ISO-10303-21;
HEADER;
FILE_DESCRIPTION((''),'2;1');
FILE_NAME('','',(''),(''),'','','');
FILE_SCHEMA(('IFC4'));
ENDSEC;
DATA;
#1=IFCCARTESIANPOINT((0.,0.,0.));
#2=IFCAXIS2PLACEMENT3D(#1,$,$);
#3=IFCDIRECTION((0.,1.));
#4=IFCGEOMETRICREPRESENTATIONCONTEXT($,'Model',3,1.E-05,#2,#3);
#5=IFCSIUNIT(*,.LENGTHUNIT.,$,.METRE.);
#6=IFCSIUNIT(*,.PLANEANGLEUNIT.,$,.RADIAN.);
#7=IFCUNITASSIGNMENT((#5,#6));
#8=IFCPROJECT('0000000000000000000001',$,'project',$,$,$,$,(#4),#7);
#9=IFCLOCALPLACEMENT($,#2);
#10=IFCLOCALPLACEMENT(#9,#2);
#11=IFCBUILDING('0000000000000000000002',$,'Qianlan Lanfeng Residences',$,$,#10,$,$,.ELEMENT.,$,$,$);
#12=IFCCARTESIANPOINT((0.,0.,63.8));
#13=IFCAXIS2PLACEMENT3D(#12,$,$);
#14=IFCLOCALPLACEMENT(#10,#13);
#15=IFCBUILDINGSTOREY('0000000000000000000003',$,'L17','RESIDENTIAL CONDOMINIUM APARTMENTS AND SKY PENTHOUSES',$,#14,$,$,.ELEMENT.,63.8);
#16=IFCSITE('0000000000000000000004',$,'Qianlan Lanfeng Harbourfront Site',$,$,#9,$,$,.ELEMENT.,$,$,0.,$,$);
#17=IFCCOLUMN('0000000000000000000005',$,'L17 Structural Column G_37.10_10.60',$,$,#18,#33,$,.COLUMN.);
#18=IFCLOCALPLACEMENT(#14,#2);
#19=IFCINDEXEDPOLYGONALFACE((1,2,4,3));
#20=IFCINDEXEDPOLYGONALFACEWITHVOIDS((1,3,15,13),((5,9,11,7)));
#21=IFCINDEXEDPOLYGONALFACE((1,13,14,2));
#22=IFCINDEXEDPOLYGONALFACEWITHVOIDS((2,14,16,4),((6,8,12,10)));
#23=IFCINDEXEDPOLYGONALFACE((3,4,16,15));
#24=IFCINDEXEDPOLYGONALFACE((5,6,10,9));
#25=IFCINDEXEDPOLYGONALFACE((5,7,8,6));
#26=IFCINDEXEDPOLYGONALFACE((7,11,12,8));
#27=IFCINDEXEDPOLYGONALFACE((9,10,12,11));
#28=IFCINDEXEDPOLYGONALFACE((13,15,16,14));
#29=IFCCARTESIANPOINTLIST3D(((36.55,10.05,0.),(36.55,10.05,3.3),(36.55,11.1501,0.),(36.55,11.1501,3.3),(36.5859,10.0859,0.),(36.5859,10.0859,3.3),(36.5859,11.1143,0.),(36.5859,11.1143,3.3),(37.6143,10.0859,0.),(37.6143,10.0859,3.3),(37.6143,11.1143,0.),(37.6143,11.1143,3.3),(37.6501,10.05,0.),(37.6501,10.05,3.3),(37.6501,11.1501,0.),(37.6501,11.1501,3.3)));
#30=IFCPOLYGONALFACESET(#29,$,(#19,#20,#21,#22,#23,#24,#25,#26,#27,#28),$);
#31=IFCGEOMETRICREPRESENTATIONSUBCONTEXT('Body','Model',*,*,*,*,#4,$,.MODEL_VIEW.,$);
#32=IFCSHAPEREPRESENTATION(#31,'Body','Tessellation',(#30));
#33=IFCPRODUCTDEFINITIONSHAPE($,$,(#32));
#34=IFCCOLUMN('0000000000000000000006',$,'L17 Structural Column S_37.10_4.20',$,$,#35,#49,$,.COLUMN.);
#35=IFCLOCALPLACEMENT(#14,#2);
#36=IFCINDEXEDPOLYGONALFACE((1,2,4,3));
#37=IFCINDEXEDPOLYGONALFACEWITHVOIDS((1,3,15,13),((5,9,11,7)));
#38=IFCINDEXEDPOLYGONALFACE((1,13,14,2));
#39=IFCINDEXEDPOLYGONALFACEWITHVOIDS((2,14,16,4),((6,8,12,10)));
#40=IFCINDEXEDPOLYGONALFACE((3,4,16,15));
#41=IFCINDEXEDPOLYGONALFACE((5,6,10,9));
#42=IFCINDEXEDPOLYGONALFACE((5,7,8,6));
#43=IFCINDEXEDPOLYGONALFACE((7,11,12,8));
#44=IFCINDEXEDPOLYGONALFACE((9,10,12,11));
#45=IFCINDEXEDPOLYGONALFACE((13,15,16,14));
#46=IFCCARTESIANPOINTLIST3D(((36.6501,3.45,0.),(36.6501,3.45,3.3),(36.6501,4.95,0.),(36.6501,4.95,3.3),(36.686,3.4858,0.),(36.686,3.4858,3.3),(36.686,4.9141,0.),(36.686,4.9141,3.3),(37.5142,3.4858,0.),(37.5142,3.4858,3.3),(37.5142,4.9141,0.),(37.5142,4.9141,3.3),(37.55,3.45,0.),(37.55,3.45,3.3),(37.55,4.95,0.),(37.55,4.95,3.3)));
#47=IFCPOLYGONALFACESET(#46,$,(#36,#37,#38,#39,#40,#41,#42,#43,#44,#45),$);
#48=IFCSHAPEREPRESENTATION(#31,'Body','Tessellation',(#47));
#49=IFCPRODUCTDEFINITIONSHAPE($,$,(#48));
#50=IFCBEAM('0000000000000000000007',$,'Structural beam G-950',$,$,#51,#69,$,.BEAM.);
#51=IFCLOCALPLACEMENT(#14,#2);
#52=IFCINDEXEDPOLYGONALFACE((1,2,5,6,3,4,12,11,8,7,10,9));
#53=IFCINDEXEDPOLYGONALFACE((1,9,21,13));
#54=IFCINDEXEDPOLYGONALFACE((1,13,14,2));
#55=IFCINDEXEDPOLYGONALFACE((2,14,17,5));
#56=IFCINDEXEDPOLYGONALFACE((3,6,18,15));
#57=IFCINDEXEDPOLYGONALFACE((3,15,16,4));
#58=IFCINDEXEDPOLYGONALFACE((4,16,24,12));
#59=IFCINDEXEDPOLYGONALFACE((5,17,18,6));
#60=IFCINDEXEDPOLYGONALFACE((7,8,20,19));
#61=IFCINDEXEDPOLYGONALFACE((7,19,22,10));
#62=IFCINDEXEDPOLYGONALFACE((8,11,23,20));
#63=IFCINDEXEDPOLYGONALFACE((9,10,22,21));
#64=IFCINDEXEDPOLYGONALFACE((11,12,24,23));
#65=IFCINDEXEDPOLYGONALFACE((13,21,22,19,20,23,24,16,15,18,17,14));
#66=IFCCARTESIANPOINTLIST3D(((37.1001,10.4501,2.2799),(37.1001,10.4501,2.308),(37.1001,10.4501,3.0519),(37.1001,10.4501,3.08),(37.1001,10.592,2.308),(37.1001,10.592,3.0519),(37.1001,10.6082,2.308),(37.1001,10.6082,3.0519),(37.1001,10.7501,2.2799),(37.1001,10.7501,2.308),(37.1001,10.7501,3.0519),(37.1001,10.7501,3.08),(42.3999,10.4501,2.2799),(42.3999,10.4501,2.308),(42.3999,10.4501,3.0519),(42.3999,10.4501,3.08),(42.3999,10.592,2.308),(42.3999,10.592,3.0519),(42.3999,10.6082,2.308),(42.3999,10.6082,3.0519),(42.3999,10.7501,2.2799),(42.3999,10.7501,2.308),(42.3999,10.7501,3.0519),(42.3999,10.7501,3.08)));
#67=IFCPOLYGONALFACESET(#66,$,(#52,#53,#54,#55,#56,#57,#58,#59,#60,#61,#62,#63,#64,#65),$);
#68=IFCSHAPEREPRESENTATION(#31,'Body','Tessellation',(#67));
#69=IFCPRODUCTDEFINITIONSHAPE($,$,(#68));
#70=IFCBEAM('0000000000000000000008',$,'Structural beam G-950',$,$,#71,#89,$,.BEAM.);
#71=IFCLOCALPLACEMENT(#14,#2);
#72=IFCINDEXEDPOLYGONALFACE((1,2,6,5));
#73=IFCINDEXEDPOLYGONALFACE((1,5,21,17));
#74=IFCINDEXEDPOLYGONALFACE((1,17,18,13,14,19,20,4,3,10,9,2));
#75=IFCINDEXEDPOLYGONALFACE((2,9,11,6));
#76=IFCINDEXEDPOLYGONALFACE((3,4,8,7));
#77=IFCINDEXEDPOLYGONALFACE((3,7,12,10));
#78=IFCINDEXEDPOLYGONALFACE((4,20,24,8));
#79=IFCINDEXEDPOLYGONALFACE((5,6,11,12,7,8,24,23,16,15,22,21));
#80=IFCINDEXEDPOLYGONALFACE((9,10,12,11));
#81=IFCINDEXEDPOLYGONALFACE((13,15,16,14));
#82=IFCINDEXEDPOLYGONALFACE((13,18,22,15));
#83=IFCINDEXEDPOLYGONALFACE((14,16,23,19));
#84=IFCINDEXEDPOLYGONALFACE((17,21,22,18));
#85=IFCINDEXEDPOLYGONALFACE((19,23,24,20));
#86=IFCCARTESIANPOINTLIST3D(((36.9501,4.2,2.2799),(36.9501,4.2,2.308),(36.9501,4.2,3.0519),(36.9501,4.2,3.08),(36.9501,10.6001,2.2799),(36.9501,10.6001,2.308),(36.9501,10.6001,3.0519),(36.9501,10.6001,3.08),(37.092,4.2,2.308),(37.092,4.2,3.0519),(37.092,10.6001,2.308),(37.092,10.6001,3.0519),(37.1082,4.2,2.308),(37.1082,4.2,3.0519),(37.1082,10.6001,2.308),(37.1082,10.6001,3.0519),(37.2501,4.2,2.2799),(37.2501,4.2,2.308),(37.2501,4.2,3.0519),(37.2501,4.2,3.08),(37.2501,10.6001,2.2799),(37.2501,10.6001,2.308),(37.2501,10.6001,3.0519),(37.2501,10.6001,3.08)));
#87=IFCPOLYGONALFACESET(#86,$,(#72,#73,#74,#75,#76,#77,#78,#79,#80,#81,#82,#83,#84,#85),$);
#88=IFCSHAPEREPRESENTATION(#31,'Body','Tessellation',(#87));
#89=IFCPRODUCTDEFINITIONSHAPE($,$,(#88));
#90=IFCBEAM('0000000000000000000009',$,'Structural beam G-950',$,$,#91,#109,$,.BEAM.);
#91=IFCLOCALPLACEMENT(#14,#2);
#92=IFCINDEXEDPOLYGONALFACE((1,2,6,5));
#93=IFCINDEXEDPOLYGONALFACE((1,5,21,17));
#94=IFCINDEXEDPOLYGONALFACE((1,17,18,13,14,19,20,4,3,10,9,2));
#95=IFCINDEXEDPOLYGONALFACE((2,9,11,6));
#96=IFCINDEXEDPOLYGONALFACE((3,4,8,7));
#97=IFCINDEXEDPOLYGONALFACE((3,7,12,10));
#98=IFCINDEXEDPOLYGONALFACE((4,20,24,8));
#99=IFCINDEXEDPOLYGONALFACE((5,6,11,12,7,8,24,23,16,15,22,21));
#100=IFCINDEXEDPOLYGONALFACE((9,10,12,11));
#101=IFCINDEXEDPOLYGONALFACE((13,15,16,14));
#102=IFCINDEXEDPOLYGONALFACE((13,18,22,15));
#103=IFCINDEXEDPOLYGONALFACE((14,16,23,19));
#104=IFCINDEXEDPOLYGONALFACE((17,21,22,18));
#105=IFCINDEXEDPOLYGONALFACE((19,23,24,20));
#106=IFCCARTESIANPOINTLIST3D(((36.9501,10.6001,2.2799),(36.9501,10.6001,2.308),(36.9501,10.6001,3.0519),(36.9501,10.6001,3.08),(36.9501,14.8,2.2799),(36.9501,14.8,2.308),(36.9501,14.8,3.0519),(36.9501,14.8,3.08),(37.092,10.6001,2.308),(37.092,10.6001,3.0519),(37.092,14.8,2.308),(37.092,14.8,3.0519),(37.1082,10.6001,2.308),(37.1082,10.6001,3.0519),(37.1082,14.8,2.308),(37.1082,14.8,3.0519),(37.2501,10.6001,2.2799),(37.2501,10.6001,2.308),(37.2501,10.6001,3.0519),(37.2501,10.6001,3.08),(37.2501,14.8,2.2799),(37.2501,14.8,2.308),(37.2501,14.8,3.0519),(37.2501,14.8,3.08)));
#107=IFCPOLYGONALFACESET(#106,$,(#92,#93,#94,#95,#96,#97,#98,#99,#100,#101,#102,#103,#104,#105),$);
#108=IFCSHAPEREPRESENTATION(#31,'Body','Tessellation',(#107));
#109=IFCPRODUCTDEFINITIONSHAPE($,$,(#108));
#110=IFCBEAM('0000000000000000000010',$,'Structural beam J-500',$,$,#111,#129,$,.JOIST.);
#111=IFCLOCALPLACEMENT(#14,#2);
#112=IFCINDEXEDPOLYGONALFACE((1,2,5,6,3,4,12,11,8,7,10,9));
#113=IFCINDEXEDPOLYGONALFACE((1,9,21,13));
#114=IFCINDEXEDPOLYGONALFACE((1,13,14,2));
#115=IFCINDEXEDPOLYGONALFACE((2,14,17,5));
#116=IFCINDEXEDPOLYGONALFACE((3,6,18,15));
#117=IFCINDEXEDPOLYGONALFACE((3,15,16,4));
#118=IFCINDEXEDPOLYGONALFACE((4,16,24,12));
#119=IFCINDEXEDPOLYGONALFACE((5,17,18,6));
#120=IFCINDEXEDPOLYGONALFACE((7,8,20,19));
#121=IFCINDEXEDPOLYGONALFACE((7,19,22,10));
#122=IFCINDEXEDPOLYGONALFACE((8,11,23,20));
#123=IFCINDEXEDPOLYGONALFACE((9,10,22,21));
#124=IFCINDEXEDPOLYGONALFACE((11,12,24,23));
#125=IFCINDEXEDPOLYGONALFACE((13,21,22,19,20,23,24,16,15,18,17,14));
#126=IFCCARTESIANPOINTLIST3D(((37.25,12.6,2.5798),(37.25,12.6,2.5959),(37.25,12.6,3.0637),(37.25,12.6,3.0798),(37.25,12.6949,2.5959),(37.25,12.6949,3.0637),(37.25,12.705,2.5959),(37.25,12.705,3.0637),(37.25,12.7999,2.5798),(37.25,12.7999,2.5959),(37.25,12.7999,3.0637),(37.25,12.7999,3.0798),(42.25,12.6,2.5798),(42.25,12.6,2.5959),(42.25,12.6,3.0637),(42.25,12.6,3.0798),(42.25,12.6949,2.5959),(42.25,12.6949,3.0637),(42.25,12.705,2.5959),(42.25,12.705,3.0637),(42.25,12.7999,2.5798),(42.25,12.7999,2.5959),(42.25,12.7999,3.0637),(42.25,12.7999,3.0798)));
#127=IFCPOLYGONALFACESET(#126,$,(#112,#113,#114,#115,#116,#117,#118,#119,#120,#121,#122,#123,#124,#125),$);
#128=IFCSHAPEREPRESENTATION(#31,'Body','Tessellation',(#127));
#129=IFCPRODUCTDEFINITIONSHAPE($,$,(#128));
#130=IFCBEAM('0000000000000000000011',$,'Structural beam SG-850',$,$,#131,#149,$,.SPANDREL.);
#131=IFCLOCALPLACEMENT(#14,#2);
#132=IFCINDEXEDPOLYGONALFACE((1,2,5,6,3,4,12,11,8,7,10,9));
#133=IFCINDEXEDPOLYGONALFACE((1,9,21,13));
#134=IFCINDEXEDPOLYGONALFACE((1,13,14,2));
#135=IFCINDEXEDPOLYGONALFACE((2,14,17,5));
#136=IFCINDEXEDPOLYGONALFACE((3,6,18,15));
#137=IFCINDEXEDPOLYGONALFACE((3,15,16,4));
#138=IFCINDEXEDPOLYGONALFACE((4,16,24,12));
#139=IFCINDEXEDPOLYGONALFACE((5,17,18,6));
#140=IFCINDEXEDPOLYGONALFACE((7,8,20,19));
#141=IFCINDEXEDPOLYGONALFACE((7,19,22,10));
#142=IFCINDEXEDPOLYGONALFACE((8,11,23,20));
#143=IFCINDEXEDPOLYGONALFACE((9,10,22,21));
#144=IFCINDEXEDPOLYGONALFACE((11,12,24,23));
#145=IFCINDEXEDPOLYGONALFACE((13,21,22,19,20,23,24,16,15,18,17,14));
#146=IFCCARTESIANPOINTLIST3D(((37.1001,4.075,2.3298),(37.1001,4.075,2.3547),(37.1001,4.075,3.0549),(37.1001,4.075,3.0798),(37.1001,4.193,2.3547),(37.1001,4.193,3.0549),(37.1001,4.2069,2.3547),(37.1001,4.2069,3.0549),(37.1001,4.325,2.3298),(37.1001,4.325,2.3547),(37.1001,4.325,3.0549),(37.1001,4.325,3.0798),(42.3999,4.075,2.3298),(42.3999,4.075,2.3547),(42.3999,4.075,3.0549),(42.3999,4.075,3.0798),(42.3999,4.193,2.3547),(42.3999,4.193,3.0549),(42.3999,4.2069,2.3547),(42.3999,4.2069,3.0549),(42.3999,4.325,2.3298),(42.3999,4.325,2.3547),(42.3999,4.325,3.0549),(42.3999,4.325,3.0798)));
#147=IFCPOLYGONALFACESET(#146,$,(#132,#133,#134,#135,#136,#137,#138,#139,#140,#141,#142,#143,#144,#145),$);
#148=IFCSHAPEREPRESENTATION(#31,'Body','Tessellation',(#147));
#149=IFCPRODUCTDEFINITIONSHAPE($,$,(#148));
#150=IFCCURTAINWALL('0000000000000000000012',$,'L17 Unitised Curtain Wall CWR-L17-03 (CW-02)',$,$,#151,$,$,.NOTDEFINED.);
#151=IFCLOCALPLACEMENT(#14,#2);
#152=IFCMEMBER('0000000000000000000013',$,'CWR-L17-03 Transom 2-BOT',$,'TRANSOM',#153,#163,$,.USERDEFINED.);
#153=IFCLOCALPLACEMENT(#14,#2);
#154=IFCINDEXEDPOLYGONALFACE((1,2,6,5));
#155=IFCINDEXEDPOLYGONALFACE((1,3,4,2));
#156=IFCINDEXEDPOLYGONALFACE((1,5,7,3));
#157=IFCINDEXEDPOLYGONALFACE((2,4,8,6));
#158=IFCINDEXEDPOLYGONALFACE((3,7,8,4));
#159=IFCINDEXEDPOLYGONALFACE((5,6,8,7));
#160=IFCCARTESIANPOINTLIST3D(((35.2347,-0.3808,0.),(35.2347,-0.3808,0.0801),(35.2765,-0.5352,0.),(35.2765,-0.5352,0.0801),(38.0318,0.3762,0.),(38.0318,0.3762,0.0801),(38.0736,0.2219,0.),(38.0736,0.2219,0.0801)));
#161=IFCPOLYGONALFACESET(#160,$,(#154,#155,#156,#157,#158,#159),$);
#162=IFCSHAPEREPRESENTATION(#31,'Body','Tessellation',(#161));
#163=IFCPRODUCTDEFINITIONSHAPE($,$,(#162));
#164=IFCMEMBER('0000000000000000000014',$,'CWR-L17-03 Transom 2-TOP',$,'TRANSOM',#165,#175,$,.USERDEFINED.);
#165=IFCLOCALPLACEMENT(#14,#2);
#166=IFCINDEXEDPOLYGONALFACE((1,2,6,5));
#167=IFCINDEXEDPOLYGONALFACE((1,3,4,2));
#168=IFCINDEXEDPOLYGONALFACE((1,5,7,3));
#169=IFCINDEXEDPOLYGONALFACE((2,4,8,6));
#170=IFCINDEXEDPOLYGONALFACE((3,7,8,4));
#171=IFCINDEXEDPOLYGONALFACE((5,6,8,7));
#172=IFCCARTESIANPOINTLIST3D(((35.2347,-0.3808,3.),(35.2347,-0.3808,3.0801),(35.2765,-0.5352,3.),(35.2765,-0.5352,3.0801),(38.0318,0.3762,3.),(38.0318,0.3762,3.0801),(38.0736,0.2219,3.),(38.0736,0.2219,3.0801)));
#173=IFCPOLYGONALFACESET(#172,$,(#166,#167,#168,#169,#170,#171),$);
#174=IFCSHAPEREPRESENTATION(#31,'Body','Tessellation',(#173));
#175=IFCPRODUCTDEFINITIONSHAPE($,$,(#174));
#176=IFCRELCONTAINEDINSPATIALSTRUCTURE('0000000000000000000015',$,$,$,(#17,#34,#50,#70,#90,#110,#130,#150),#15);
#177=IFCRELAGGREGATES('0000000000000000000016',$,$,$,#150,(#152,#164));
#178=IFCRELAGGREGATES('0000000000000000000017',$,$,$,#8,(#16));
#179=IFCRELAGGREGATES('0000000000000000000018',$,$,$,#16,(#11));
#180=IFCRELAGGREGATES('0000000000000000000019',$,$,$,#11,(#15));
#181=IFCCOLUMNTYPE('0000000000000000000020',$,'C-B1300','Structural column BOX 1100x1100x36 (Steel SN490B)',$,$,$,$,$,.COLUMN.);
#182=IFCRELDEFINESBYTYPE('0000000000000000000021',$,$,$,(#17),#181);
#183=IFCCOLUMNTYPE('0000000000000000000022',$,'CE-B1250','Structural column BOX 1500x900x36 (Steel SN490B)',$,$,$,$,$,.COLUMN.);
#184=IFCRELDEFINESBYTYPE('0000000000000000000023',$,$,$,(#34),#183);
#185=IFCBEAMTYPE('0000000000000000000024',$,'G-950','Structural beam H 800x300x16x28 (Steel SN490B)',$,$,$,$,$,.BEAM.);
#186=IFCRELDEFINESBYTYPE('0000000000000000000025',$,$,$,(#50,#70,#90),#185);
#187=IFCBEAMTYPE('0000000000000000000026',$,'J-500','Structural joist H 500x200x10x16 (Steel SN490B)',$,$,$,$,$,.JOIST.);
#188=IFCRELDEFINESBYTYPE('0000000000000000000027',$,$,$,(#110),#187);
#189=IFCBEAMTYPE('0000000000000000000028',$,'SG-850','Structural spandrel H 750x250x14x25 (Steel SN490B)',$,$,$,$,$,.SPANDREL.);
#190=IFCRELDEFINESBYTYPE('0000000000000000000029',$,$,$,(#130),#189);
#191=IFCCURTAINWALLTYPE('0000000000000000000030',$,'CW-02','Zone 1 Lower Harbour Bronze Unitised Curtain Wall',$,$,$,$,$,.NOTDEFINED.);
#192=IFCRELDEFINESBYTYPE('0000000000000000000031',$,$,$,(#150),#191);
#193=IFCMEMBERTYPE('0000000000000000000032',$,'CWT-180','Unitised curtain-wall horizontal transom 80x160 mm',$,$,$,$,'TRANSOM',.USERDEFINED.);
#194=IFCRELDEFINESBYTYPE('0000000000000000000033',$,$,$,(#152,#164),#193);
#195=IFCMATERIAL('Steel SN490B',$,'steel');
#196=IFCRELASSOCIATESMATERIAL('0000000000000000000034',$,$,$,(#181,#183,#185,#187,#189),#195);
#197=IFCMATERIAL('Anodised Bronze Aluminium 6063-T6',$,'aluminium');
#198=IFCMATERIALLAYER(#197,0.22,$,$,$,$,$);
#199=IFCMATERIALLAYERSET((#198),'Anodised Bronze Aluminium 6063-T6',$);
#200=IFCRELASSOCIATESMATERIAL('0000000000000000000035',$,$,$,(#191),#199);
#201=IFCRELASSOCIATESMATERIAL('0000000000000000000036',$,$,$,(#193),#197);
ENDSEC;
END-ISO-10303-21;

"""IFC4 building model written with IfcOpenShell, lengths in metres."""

from ifc_helpers import new_model, si_unit, direction, frame, origin, origin_2d, place, context, subcontext, project, spatial, rectangle, hollow_rectangle, i_section, extrude, source, transform, mapped, material, layer, layer_set, material_profile, profile_set, type_object, element, aggregate, save


model = new_model("IFC4")

# Units and contexts
model_context = context("Model", 3, precision=1e-05, world=origin(), true_north=direction((0.0, 1.0)))
body_context = subcontext(model_context, "Body", "Model", "MODEL_VIEW")
ifc_project = project(units=[si_unit("LENGTHUNIT", "METRE"), si_unit("PLANEANGLEUNIT", "RADIAN")], contexts=[model_context])

# Site, building, storey
site_placement = place(None, origin())
site = spatial("IfcSite", under=ifc_project, at=site_placement, Name="Qianlan Lanfeng Harbourfront Site", CompositionType="ELEMENT", RefElevation=0.0)
building_placement = place(site_placement, origin())
building = spatial("IfcBuilding", under=site, at=building_placement, Name="Qianlan Lanfeng Residences", CompositionType="ELEMENT")
storey_placement = place(building_placement, frame((0.0, 0.0, 63.8)))
storey = spatial("IfcBuildingStorey", under=building, at=storey_placement, Name="L17", Description="RESIDENTIAL CONDOMINIUM APARTMENTS AND SKY PENTHOUSES", CompositionType="ELEMENT", Elevation=63.8)

# Columns
ifc_material_1 = material(Name="Steel SN490B", Category="steel")
ifc_material_profile_1 = material_profile(ifc_material_1, hollow_rectangle(XDim=1.1001, YDim=1.1001, WallThickness=0.0359, at=origin_2d()), Name="BOX 1100x1100x36")
ifc_profile_set_1 = profile_set([ifc_material_profile_1], Name="Steel SN490B")
column_type_1 = type_object("IfcColumnType", Name="C-B1300", Description="Structural column BOX 1100x1100x36 (Steel SN490B)", PredefinedType="COLUMN", material=ifc_profile_set_1)
column_1_placement = place(storey_placement, frame((37.1001, 10.6001, 0.0), z_axis=(0.0, 0.0, 1.0), x_axis=(1.0, 0.0, 0.0)))
element("IfcColumn", 1, at=column_1_placement, inside=storey, type_object=column_type_1, Name="L17 Structural Column G_37.10_10.60", PredefinedType="COLUMN", context=body_context, shape_type="SweptSolid", body=[
    extrude(hollow_rectangle(XDim=1.1001, YDim=1.1001, WallThickness=0.0359, at=origin_2d()), origin(), (0.0, 0.0, 1.0), 3.3),
])
ifc_material_profile_2 = material_profile(ifc_material_1, hollow_rectangle(XDim=0.8999, YDim=1.5, WallThickness=0.0359, at=origin_2d()), Name="BOX 1500x900x36")
ifc_profile_set_2 = profile_set([ifc_material_profile_2], Name="Steel SN490B")
column_type_2 = type_object("IfcColumnType", Name="CE-B1250", Description="Structural column BOX 1500x900x36 (Steel SN490B)", PredefinedType="COLUMN", material=ifc_profile_set_2)
column_2_placement = place(storey_placement, frame((37.1001, 4.2, 0.0), z_axis=(0.0, 0.0, 1.0), x_axis=(1.0, 0.0, 0.0)))
element("IfcColumn", 2, at=column_2_placement, inside=storey, type_object=column_type_2, Name="L17 Structural Column S_37.10_4.20", PredefinedType="COLUMN", context=body_context, shape_type="SweptSolid", body=[
    extrude(hollow_rectangle(XDim=0.8999, YDim=1.5, WallThickness=0.0359, at=origin_2d()), origin(), (0.0, 0.0, 1.0), 3.3),
])

# Beams
ifc_material_profile_3 = material_profile(ifc_material_1, i_section(OverallWidth=0.3, OverallDepth=0.8, WebThickness=0.0161, FlangeThickness=0.0281, at=origin_2d()), Name="H 800x300x16x28")
ifc_profile_set_3 = profile_set([ifc_material_profile_3], Name="Steel SN490B")
beam_type_1 = type_object("IfcBeamType", Name="G-950", Description="Structural beam H 800x300x16x28 (Steel SN490B)", PredefinedType="BEAM", material=ifc_profile_set_3)
beam_1_placement = place(storey_placement, frame((37.1001, 10.6001, 2.6799), z_axis=(1.0, 0.0, 0.0), x_axis=(0.0, 1.0, 0.0)))
element("IfcBeam", 3, at=beam_1_placement, inside=storey, type_object=beam_type_1, Name="Structural beam G-950", PredefinedType="BEAM", context=body_context, shape_type="SweptSolid", body=[
    extrude(i_section(OverallWidth=0.3, OverallDepth=0.8, WebThickness=0.0161, FlangeThickness=0.0281, at=origin_2d()), origin(), (0.0, 0.0, 1.0), 5.2998),
])
beam_2_placement = place(storey_placement, frame((37.1001, 4.2, 2.6799), z_axis=(0.0, 1.0, 0.0), x_axis=(-1.0, 0.0, 0.0)))
element("IfcBeam", 4, at=beam_2_placement, inside=storey, type_object=beam_type_1, Name="Structural beam G-950", PredefinedType="BEAM", context=body_context, shape_type="SweptSolid", body=[
    extrude(i_section(OverallWidth=0.3, OverallDepth=0.8, WebThickness=0.0161, FlangeThickness=0.0281, at=origin_2d()), origin(), (0.0, 0.0, 1.0), 6.4001),
])
beam_3_placement = place(storey_placement, frame((37.1001, 10.6001, 2.6799), z_axis=(0.0, 1.0, 0.0), x_axis=(-1.0, 0.0, 0.0)))
element("IfcBeam", 5, at=beam_3_placement, inside=storey, type_object=beam_type_1, Name="Structural beam G-950", PredefinedType="BEAM", context=body_context, shape_type="SweptSolid", body=[
    extrude(i_section(OverallWidth=0.3, OverallDepth=0.8, WebThickness=0.0161, FlangeThickness=0.0281, at=origin_2d()), origin(), (0.0, 0.0, 1.0), 4.2),
])
ifc_material_profile_4 = material_profile(ifc_material_1, i_section(OverallWidth=0.2, OverallDepth=0.5, WebThickness=0.01, FlangeThickness=0.0161, at=origin_2d()), Name="H 500x200x10x16")
ifc_profile_set_4 = profile_set([ifc_material_profile_4], Name="Steel SN490B")
beam_type_2 = type_object("IfcBeamType", Name="J-500", Description="Structural joist H 500x200x10x16 (Steel SN490B)", PredefinedType="JOIST", material=ifc_profile_set_4)
beam_4_placement = place(storey_placement, frame((37.25, 12.7, 2.8298), z_axis=(1.0, 0.0, 0.0), x_axis=(0.0, 1.0, 0.0)))
element("IfcBeam", 6, at=beam_4_placement, inside=storey, type_object=beam_type_2, Name="Structural beam J-500", PredefinedType="JOIST", context=body_context, shape_type="SweptSolid", body=[
    extrude(i_section(OverallWidth=0.2, OverallDepth=0.5, WebThickness=0.01, FlangeThickness=0.0161, at=origin_2d()), origin(), (0.0, 0.0, 1.0), 5.0),
])
ifc_material_profile_5 = material_profile(ifc_material_1, i_section(OverallWidth=0.25, OverallDepth=0.75, WebThickness=0.0139, FlangeThickness=0.0249, at=origin_2d()), Name="H 750x250x14x25")
ifc_profile_set_5 = profile_set([ifc_material_profile_5], Name="Steel SN490B")
beam_type_3 = type_object("IfcBeamType", Name="SG-850", Description="Structural spandrel H 750x250x14x25 (Steel SN490B)", PredefinedType="SPANDREL", material=ifc_profile_set_5)
beam_5_placement = place(storey_placement, frame((37.1001, 4.2, 2.7048), z_axis=(1.0, 0.0, 0.0), x_axis=(0.0, 1.0, 0.0)))
element("IfcBeam", 7, at=beam_5_placement, inside=storey, type_object=beam_type_3, Name="Structural beam SG-850", PredefinedType="SPANDREL", context=body_context, shape_type="SweptSolid", body=[
    extrude(i_section(OverallWidth=0.25, OverallDepth=0.75, WebThickness=0.0139, FlangeThickness=0.0249, at=origin_2d()), origin(), (0.0, 0.0, 1.0), 5.2998),
])

# Curtain wall, members
ifc_material_2 = material(Name="Anodised Bronze Aluminium 6063-T6", Category="aluminium")
ifc_layer_1 = layer(ifc_material_2, 0.22)
ifc_layer_set_1 = layer_set([ifc_layer_1], Name="Anodised Bronze Aluminium 6063-T6")
curtain_wall_type = type_object("IfcCurtainWallType", Name="CW-02", Description="Zone 1 Lower Harbour Bronze Unitised Curtain Wall", PredefinedType="NOTDEFINED", material=ifc_layer_set_1)
curtain_wall_1_placement = place(storey_placement, origin())
curtain_wall_1 = element("IfcCurtainWall", 8, at=curtain_wall_1_placement, inside=storey, type_object=curtain_wall_type, Name="L17 Unitised Curtain Wall CWR-L17-03 (CW-02)", PredefinedType="NOTDEFINED")
ifc_material_profile_6 = material_profile(ifc_material_2, rectangle(XDim=0.0801, YDim=0.1599, at=origin_2d()), Name="ALU TRANSOM 80x160")
ifc_profile_set_6 = profile_set([ifc_material_profile_6], Name="Anodised Bronze Aluminium 6063-T6")
member_type_1 = type_object("IfcMemberType", Name="CWT-180", Description="Unitised curtain-wall horizontal transom 80x160 mm", ElementType="TRANSOM", PredefinedType="USERDEFINED", material=ifc_profile_set_6)
shared_shape_1 = source(origin(), body_context, "Body", "SweptSolid", [
    extrude(rectangle(XDim=0.0801, YDim=0.1599, at=origin_2d()), origin(), (0.0, 0.0, 1.0), 2.8977),
])
member_1_placement = place(storey_placement, frame((35.2556, -0.458, 0.04), z_axis=(0.965268, 0.261263, 0.0), x_axis=(0.0, 0.0, 1.0)))
member_1 = element("IfcMember", 9, at=member_1_placement, type_object=member_type_1, Name="CWR-L17-03 Transom 2-BOT", ObjectType="TRANSOM", PredefinedType="USERDEFINED", context=body_context, shape_type="MappedRepresentation", body=[
    mapped(shared_shape_1, transform((0.0, 0.0, 0.0), scale=1.0)),
])
member_2_placement = place(storey_placement, frame((35.2556, -0.458, 3.04), z_axis=(0.965268, 0.261263, 0.0), x_axis=(0.0, 0.0, 1.0)))
member_2 = element("IfcMember", 10, at=member_2_placement, type_object=member_type_1, Name="CWR-L17-03 Transom 2-TOP", ObjectType="TRANSOM", PredefinedType="USERDEFINED", context=body_context, shape_type="MappedRepresentation", body=[
    mapped(shared_shape_1, transform((0.0, 0.0, 0.0), scale=1.0)),
])

aggregate(curtain_wall_1, [member_1, member_2])

save(model, "model.ifc")
